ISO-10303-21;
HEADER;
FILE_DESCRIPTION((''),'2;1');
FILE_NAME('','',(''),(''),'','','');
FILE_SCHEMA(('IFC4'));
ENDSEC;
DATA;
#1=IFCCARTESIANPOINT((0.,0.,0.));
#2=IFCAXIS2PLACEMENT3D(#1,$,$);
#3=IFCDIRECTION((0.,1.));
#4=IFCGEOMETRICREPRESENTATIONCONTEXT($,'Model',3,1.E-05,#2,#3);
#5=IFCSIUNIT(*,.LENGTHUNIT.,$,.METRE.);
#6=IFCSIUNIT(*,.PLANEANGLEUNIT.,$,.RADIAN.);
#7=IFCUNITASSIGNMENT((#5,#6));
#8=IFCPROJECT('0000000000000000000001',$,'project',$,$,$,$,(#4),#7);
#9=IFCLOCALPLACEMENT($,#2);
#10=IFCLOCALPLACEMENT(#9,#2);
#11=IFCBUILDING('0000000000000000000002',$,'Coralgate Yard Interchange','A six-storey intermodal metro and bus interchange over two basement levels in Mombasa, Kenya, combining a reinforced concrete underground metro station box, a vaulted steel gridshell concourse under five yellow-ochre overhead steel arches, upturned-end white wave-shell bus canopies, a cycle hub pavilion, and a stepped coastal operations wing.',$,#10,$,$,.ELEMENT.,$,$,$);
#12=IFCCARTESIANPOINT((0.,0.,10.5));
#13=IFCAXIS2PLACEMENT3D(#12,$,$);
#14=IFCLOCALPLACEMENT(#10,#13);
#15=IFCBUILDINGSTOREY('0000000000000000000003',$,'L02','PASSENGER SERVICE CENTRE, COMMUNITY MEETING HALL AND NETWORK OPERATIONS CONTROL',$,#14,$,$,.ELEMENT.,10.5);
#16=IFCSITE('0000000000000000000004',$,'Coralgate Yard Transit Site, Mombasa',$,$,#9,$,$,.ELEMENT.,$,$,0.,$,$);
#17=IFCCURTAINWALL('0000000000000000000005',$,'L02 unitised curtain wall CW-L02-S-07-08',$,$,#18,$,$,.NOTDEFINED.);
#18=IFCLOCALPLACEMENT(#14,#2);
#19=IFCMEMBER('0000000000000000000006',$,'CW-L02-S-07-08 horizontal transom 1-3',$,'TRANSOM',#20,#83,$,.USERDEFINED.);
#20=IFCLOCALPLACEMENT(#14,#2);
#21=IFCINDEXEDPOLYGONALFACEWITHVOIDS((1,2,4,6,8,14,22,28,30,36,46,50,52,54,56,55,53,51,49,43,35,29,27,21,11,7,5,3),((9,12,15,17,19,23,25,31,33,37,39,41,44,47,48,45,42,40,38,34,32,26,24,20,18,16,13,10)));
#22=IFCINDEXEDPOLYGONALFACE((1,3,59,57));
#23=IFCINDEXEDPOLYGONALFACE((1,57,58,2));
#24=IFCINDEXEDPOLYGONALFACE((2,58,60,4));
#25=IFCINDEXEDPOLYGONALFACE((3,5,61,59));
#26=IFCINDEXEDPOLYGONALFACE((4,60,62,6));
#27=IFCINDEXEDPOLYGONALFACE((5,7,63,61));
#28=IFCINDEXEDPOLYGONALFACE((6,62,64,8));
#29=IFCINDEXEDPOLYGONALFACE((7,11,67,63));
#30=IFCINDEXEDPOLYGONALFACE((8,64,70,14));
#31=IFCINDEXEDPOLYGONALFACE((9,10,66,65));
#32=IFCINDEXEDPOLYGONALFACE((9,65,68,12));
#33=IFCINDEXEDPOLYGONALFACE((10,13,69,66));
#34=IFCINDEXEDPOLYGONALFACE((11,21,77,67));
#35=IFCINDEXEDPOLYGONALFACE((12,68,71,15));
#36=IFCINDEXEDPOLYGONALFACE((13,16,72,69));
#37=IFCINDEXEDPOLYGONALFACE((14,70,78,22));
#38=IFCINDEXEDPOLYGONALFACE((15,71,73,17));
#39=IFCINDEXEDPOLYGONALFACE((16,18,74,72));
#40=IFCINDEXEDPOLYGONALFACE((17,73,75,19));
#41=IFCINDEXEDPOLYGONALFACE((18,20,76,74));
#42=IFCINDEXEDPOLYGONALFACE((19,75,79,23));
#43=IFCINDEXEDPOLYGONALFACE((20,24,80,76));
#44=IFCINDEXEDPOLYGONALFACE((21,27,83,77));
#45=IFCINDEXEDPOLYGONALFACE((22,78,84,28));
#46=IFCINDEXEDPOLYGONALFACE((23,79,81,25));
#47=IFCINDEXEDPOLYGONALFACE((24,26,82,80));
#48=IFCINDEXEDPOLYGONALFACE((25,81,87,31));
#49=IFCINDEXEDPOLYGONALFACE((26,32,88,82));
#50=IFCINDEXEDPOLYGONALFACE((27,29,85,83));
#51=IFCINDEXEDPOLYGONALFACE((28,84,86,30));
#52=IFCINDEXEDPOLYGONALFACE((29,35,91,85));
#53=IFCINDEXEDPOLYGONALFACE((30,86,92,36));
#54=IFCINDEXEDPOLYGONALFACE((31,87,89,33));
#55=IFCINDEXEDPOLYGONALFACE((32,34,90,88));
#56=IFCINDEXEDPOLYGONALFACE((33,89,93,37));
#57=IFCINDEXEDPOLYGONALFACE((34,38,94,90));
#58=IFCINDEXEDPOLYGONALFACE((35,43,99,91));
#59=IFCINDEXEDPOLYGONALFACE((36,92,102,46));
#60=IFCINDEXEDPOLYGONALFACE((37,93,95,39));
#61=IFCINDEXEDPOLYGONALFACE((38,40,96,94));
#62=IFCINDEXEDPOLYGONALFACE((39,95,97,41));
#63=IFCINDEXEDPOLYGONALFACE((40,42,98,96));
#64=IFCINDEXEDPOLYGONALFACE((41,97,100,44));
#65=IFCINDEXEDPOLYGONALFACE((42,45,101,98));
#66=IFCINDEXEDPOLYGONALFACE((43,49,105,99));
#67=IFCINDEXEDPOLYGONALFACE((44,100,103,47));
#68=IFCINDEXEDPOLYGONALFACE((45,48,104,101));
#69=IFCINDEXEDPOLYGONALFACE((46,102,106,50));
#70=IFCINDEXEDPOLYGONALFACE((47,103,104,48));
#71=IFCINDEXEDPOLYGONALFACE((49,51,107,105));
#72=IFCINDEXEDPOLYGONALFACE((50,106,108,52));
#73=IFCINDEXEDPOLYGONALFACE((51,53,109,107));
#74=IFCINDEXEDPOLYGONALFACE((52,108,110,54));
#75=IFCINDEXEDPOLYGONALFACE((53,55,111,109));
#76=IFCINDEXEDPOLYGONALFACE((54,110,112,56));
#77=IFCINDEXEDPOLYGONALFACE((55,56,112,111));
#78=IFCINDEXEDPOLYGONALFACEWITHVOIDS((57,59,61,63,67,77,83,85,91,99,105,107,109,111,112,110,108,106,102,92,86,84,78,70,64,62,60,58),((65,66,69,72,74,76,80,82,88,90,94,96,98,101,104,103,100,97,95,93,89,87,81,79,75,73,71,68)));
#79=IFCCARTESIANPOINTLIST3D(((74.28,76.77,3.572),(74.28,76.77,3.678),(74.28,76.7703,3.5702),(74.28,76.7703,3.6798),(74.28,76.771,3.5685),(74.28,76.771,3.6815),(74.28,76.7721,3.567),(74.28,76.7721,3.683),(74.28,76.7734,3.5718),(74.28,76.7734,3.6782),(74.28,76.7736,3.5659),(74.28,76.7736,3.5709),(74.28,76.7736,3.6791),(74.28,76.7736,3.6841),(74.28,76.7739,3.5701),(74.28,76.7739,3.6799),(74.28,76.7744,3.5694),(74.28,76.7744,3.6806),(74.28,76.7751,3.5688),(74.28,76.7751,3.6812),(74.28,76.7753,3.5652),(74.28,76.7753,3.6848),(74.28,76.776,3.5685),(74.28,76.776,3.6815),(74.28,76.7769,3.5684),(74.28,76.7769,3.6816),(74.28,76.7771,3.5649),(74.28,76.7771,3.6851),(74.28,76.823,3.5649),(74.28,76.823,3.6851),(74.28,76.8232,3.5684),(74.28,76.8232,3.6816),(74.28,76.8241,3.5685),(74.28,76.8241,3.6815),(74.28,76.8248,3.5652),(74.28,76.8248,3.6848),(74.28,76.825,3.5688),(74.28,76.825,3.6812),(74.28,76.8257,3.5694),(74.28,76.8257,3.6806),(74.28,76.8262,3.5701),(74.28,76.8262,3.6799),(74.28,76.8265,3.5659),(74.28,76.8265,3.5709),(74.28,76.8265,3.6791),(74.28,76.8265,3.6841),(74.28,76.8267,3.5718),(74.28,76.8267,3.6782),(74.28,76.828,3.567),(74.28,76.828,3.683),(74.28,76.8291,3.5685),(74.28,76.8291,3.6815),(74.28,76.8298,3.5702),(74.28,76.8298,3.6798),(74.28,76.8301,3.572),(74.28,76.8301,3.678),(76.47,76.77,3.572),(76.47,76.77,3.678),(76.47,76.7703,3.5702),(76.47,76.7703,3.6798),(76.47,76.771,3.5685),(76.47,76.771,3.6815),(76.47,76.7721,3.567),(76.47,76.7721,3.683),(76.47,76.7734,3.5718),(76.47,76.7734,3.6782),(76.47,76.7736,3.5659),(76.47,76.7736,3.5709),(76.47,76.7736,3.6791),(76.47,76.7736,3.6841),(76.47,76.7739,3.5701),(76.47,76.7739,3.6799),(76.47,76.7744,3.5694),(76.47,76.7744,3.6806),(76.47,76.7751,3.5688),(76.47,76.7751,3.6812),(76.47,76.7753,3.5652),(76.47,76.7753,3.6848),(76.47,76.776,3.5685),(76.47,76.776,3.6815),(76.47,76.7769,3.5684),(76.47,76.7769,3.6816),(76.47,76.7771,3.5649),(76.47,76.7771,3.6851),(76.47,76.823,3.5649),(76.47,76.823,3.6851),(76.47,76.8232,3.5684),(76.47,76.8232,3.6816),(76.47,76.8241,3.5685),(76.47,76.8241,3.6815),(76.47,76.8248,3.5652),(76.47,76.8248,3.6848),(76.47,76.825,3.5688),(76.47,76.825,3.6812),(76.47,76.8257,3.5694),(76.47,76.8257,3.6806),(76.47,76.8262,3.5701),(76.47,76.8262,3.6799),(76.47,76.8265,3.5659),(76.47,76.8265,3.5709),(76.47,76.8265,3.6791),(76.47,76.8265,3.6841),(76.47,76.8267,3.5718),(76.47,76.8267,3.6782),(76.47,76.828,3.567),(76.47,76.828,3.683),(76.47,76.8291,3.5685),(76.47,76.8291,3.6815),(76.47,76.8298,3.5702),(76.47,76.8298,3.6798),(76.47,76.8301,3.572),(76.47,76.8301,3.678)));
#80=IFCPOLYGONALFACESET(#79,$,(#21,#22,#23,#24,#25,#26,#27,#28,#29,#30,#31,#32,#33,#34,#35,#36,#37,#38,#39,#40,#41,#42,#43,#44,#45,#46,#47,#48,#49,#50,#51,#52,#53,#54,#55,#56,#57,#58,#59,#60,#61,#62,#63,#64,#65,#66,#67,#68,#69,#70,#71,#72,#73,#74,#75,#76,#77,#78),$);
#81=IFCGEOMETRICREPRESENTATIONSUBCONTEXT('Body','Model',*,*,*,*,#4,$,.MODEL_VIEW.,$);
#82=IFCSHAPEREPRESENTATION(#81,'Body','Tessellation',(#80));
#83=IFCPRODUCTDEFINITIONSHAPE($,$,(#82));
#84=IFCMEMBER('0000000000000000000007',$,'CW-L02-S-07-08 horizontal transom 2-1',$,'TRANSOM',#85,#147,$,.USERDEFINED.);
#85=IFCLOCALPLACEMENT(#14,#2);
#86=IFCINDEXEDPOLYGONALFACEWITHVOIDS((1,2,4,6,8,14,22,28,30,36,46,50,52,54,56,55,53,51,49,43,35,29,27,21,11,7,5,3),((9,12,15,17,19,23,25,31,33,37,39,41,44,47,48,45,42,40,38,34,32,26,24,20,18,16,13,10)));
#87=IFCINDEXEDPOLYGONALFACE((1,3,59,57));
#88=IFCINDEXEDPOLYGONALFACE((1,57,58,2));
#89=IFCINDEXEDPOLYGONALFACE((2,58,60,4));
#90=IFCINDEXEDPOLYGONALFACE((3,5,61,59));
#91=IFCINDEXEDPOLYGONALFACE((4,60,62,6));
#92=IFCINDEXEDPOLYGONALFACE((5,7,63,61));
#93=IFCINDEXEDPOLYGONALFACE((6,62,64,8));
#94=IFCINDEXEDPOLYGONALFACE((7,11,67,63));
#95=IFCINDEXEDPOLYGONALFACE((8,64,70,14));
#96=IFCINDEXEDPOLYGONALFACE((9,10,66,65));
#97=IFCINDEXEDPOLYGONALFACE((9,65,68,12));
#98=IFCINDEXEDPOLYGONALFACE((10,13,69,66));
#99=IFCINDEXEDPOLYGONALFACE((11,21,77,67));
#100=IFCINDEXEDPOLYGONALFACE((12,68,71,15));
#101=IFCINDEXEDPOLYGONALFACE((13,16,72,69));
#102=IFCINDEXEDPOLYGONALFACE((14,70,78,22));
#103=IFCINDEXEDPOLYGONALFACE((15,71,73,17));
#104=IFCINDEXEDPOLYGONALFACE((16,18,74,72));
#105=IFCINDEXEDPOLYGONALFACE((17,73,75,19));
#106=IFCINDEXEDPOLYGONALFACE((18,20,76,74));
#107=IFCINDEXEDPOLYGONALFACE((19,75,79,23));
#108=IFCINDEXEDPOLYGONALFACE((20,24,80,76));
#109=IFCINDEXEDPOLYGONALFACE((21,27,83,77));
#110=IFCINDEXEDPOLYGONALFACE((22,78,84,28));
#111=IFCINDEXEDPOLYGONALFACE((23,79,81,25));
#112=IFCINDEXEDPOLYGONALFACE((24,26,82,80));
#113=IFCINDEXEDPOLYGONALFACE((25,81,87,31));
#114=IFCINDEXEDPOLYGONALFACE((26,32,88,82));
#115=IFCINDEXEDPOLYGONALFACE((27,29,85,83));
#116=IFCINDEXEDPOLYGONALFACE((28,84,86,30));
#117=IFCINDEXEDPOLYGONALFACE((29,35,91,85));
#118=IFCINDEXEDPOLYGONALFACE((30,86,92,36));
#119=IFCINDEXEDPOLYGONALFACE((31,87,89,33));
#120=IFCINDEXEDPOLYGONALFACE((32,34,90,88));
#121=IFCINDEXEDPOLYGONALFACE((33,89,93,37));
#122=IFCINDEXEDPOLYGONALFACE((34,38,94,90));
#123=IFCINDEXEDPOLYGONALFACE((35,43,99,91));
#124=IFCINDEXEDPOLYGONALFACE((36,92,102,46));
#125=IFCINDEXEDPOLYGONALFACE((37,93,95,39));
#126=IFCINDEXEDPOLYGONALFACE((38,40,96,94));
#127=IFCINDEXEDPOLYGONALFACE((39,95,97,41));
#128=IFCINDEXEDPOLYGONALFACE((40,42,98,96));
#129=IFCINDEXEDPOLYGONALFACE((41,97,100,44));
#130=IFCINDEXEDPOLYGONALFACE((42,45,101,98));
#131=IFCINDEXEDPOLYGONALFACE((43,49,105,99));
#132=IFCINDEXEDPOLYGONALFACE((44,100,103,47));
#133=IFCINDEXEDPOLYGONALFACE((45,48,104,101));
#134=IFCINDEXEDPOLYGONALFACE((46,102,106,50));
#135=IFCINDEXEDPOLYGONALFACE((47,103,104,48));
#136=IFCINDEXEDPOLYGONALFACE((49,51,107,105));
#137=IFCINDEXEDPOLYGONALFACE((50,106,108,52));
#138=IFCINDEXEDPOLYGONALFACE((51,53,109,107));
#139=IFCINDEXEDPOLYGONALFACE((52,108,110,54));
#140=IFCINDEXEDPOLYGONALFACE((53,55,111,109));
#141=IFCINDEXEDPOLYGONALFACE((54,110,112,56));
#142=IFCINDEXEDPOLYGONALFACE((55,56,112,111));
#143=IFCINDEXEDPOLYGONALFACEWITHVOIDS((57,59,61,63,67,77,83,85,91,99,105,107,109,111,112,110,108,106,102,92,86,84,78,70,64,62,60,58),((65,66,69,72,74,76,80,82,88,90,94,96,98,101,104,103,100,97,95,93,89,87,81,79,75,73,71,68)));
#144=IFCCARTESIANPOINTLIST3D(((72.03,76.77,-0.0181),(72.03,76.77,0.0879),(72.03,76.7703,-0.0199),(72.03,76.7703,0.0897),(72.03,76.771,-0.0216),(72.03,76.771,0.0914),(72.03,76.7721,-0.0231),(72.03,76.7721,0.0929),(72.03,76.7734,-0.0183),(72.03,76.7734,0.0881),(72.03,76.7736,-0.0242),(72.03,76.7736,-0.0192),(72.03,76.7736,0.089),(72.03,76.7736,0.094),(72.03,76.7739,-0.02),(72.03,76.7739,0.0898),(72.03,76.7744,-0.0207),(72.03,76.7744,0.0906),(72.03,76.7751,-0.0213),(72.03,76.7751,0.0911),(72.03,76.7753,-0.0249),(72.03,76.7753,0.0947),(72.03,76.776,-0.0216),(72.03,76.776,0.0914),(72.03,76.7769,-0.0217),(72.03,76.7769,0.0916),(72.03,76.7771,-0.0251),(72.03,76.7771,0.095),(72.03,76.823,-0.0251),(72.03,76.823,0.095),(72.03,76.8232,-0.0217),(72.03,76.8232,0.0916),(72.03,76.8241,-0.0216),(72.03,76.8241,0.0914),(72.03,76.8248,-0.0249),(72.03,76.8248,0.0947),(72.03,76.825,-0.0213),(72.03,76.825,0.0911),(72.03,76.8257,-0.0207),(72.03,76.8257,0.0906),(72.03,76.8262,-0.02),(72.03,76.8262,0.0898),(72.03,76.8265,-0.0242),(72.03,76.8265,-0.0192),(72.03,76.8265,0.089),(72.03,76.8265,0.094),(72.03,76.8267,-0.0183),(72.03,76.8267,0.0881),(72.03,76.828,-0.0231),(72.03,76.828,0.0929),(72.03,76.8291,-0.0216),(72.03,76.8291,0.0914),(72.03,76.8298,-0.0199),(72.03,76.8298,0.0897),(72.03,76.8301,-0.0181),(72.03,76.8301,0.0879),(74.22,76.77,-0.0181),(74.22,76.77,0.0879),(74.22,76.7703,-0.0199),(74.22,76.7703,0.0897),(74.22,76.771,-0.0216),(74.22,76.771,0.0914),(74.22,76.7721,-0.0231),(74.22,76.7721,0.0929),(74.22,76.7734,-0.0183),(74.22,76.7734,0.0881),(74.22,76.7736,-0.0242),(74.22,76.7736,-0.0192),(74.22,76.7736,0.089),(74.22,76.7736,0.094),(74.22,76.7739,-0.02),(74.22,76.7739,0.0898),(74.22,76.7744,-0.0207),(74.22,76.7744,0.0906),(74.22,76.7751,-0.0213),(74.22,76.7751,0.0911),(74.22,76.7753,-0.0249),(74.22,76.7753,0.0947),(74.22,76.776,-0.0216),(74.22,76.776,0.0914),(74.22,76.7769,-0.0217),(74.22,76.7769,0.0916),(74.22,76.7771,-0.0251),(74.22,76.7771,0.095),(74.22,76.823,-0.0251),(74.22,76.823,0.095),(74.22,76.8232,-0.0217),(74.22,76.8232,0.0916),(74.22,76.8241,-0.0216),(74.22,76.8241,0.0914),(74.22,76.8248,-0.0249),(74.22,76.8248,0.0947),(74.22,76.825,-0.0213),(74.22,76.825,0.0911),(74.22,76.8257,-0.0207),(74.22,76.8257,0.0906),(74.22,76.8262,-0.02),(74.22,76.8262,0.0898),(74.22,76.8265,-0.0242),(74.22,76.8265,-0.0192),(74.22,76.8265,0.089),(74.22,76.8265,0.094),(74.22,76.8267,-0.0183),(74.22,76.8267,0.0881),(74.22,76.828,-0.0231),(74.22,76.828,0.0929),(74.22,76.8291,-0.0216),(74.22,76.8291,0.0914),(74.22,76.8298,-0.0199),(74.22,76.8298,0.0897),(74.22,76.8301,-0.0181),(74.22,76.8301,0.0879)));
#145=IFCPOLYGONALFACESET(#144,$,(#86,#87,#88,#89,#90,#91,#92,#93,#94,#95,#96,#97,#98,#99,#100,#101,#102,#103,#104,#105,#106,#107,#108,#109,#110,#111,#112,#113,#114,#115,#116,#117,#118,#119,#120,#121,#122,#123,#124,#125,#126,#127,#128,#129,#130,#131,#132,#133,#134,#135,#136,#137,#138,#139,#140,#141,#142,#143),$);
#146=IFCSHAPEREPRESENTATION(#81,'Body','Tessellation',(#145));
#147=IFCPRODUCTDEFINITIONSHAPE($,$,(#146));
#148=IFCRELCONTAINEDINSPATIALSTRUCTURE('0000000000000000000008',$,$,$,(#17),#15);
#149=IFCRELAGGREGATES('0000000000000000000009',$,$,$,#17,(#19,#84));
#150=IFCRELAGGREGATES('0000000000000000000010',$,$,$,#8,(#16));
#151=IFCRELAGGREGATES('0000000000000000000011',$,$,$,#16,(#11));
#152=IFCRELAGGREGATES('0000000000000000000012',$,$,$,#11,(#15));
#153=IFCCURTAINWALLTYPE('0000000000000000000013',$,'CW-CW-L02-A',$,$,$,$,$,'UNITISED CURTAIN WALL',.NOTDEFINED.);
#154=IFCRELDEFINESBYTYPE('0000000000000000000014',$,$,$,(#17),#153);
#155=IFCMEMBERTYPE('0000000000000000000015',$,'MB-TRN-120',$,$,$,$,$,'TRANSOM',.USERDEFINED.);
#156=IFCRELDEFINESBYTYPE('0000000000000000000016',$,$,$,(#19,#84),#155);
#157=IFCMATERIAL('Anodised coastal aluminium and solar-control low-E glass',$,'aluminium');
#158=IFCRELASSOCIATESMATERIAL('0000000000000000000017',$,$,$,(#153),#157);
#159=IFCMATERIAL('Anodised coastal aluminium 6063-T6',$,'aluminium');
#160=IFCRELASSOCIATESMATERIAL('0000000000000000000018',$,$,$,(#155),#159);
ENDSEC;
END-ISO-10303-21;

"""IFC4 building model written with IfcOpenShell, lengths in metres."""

from ifc_helpers import new_model, si_unit, direction, frame, origin, origin_2d, place, context, subcontext, project, spatial, hollow_rectangle, extrude, material, material_profile, profile_set, type_object, element, aggregate, save


model = new_model("IFC4")

# Units and contexts
model_context = context("Model", 3, precision=1e-05, world=origin(), true_north=direction((0.0, 1.0)))
body_context = subcontext(model_context, "Body", "Model", "MODEL_VIEW")
ifc_project = project(units=[si_unit("LENGTHUNIT", "METRE"), si_unit("PLANEANGLEUNIT", "RADIAN")], contexts=[model_context])

# Site, building, storey
site_placement = place(None, origin())
site = spatial("IfcSite", under=ifc_project, at=site_placement, Name="Coralgate Yard Transit Site, Mombasa", CompositionType="ELEMENT", RefElevation=0.0)
building_placement = place(site_placement, origin())
building = spatial("IfcBuilding", under=site, at=building_placement, Name="Coralgate Yard Interchange", Description="A six-storey intermodal metro and bus interchange over two basement levels in Mombasa, Kenya, combining a reinforced concrete underground metro station box, a vaulted steel gridshell concourse under five yellow-ochre overhead steel arches, upturned-end white wave-shell bus canopies, a cycle hub pavilion, and a stepped coastal operations wing.", CompositionType="ELEMENT")
storey_placement = place(building_placement, frame((0.0, 0.0, 10.5)))
storey = spatial("IfcBuildingStorey", under=building, at=storey_placement, Name="L02", Description="PASSENGER SERVICE CENTRE, COMMUNITY MEETING HALL AND NETWORK OPERATIONS CONTROL", CompositionType="ELEMENT", Elevation=10.5)

# Curtain wall
ifc_material_1 = material(Name="Anodised coastal aluminium and solar-control low-E glass", Category="aluminium")
curtain_wall_type = type_object("IfcCurtainWallType", Name="CW-CW-L02-A", ElementType="UNITISED CURTAIN WALL", PredefinedType="NOTDEFINED", material=ifc_material_1)
curtain_wall_1_placement = place(storey_placement, origin())
curtain_wall_1 = element("IfcCurtainWall", 1, at=curtain_wall_1_placement, inside=storey, type_object=curtain_wall_type, Name="L02 unitised curtain wall CW-L02-S-07-08", PredefinedType="NOTDEFINED")
ifc_material_2 = material(Name="Anodised coastal aluminium 6063-T6", Category="aluminium")

# Members
ifc_material_profile_1 = material_profile(ifc_material_2, hollow_rectangle(XDim=0.0601, YDim=0.1201, WallThickness=0.0034, InnerFilletRadius=0.0034, OuterFilletRadius=0.0071, at=origin_2d()), Name="ALU 60x120x3.5")
ifc_profile_set_1 = profile_set([ifc_material_profile_1], Name="Anodised coastal aluminium 6063-T6")
member_type_1 = type_object("IfcMemberType", Name="MB-TRN-120", ElementType="TRANSOM", PredefinedType="USERDEFINED", material=ifc_profile_set_1)
member_1_placement = place(storey_placement, frame((76.47, 76.8, 3.625), z_axis=(-1.0, 0.0, 0.0), x_axis=(0.0, -1.0, 0.0)))
member_1 = element("IfcMember", 2, at=member_1_placement, type_object=member_type_1, Name="CW-L02-S-07-08 horizontal transom 1-3", ObjectType="TRANSOM", PredefinedType="USERDEFINED", context=body_context, shape_type="SweptSolid", body=[
    extrude(hollow_rectangle(XDim=0.0601, YDim=0.1201, WallThickness=0.0034, InnerFilletRadius=0.0034, OuterFilletRadius=0.0071, at=origin_2d()), origin(), (0.0, 0.0, 1.0), 2.1899),
])
member_2_placement = place(storey_placement, frame((74.22, 76.8, 0.0349), z_axis=(-1.0, 0.0, 0.0), x_axis=(0.0, -1.0, 0.0)))
member_2 = element("IfcMember", 3, at=member_2_placement, type_object=member_type_1, Name="CW-L02-S-07-08 horizontal transom 2-1", ObjectType="TRANSOM", PredefinedType="USERDEFINED", context=body_context, shape_type="SweptSolid", body=[
    extrude(hollow_rectangle(XDim=0.0601, YDim=0.1201, WallThickness=0.0034, InnerFilletRadius=0.0034, OuterFilletRadius=0.0071, at=origin_2d()), origin(), (0.0, 0.0, 1.0), 2.1899),
])

aggregate(curtain_wall_1, [member_1, member_2])

save(model, "model.ifc")
